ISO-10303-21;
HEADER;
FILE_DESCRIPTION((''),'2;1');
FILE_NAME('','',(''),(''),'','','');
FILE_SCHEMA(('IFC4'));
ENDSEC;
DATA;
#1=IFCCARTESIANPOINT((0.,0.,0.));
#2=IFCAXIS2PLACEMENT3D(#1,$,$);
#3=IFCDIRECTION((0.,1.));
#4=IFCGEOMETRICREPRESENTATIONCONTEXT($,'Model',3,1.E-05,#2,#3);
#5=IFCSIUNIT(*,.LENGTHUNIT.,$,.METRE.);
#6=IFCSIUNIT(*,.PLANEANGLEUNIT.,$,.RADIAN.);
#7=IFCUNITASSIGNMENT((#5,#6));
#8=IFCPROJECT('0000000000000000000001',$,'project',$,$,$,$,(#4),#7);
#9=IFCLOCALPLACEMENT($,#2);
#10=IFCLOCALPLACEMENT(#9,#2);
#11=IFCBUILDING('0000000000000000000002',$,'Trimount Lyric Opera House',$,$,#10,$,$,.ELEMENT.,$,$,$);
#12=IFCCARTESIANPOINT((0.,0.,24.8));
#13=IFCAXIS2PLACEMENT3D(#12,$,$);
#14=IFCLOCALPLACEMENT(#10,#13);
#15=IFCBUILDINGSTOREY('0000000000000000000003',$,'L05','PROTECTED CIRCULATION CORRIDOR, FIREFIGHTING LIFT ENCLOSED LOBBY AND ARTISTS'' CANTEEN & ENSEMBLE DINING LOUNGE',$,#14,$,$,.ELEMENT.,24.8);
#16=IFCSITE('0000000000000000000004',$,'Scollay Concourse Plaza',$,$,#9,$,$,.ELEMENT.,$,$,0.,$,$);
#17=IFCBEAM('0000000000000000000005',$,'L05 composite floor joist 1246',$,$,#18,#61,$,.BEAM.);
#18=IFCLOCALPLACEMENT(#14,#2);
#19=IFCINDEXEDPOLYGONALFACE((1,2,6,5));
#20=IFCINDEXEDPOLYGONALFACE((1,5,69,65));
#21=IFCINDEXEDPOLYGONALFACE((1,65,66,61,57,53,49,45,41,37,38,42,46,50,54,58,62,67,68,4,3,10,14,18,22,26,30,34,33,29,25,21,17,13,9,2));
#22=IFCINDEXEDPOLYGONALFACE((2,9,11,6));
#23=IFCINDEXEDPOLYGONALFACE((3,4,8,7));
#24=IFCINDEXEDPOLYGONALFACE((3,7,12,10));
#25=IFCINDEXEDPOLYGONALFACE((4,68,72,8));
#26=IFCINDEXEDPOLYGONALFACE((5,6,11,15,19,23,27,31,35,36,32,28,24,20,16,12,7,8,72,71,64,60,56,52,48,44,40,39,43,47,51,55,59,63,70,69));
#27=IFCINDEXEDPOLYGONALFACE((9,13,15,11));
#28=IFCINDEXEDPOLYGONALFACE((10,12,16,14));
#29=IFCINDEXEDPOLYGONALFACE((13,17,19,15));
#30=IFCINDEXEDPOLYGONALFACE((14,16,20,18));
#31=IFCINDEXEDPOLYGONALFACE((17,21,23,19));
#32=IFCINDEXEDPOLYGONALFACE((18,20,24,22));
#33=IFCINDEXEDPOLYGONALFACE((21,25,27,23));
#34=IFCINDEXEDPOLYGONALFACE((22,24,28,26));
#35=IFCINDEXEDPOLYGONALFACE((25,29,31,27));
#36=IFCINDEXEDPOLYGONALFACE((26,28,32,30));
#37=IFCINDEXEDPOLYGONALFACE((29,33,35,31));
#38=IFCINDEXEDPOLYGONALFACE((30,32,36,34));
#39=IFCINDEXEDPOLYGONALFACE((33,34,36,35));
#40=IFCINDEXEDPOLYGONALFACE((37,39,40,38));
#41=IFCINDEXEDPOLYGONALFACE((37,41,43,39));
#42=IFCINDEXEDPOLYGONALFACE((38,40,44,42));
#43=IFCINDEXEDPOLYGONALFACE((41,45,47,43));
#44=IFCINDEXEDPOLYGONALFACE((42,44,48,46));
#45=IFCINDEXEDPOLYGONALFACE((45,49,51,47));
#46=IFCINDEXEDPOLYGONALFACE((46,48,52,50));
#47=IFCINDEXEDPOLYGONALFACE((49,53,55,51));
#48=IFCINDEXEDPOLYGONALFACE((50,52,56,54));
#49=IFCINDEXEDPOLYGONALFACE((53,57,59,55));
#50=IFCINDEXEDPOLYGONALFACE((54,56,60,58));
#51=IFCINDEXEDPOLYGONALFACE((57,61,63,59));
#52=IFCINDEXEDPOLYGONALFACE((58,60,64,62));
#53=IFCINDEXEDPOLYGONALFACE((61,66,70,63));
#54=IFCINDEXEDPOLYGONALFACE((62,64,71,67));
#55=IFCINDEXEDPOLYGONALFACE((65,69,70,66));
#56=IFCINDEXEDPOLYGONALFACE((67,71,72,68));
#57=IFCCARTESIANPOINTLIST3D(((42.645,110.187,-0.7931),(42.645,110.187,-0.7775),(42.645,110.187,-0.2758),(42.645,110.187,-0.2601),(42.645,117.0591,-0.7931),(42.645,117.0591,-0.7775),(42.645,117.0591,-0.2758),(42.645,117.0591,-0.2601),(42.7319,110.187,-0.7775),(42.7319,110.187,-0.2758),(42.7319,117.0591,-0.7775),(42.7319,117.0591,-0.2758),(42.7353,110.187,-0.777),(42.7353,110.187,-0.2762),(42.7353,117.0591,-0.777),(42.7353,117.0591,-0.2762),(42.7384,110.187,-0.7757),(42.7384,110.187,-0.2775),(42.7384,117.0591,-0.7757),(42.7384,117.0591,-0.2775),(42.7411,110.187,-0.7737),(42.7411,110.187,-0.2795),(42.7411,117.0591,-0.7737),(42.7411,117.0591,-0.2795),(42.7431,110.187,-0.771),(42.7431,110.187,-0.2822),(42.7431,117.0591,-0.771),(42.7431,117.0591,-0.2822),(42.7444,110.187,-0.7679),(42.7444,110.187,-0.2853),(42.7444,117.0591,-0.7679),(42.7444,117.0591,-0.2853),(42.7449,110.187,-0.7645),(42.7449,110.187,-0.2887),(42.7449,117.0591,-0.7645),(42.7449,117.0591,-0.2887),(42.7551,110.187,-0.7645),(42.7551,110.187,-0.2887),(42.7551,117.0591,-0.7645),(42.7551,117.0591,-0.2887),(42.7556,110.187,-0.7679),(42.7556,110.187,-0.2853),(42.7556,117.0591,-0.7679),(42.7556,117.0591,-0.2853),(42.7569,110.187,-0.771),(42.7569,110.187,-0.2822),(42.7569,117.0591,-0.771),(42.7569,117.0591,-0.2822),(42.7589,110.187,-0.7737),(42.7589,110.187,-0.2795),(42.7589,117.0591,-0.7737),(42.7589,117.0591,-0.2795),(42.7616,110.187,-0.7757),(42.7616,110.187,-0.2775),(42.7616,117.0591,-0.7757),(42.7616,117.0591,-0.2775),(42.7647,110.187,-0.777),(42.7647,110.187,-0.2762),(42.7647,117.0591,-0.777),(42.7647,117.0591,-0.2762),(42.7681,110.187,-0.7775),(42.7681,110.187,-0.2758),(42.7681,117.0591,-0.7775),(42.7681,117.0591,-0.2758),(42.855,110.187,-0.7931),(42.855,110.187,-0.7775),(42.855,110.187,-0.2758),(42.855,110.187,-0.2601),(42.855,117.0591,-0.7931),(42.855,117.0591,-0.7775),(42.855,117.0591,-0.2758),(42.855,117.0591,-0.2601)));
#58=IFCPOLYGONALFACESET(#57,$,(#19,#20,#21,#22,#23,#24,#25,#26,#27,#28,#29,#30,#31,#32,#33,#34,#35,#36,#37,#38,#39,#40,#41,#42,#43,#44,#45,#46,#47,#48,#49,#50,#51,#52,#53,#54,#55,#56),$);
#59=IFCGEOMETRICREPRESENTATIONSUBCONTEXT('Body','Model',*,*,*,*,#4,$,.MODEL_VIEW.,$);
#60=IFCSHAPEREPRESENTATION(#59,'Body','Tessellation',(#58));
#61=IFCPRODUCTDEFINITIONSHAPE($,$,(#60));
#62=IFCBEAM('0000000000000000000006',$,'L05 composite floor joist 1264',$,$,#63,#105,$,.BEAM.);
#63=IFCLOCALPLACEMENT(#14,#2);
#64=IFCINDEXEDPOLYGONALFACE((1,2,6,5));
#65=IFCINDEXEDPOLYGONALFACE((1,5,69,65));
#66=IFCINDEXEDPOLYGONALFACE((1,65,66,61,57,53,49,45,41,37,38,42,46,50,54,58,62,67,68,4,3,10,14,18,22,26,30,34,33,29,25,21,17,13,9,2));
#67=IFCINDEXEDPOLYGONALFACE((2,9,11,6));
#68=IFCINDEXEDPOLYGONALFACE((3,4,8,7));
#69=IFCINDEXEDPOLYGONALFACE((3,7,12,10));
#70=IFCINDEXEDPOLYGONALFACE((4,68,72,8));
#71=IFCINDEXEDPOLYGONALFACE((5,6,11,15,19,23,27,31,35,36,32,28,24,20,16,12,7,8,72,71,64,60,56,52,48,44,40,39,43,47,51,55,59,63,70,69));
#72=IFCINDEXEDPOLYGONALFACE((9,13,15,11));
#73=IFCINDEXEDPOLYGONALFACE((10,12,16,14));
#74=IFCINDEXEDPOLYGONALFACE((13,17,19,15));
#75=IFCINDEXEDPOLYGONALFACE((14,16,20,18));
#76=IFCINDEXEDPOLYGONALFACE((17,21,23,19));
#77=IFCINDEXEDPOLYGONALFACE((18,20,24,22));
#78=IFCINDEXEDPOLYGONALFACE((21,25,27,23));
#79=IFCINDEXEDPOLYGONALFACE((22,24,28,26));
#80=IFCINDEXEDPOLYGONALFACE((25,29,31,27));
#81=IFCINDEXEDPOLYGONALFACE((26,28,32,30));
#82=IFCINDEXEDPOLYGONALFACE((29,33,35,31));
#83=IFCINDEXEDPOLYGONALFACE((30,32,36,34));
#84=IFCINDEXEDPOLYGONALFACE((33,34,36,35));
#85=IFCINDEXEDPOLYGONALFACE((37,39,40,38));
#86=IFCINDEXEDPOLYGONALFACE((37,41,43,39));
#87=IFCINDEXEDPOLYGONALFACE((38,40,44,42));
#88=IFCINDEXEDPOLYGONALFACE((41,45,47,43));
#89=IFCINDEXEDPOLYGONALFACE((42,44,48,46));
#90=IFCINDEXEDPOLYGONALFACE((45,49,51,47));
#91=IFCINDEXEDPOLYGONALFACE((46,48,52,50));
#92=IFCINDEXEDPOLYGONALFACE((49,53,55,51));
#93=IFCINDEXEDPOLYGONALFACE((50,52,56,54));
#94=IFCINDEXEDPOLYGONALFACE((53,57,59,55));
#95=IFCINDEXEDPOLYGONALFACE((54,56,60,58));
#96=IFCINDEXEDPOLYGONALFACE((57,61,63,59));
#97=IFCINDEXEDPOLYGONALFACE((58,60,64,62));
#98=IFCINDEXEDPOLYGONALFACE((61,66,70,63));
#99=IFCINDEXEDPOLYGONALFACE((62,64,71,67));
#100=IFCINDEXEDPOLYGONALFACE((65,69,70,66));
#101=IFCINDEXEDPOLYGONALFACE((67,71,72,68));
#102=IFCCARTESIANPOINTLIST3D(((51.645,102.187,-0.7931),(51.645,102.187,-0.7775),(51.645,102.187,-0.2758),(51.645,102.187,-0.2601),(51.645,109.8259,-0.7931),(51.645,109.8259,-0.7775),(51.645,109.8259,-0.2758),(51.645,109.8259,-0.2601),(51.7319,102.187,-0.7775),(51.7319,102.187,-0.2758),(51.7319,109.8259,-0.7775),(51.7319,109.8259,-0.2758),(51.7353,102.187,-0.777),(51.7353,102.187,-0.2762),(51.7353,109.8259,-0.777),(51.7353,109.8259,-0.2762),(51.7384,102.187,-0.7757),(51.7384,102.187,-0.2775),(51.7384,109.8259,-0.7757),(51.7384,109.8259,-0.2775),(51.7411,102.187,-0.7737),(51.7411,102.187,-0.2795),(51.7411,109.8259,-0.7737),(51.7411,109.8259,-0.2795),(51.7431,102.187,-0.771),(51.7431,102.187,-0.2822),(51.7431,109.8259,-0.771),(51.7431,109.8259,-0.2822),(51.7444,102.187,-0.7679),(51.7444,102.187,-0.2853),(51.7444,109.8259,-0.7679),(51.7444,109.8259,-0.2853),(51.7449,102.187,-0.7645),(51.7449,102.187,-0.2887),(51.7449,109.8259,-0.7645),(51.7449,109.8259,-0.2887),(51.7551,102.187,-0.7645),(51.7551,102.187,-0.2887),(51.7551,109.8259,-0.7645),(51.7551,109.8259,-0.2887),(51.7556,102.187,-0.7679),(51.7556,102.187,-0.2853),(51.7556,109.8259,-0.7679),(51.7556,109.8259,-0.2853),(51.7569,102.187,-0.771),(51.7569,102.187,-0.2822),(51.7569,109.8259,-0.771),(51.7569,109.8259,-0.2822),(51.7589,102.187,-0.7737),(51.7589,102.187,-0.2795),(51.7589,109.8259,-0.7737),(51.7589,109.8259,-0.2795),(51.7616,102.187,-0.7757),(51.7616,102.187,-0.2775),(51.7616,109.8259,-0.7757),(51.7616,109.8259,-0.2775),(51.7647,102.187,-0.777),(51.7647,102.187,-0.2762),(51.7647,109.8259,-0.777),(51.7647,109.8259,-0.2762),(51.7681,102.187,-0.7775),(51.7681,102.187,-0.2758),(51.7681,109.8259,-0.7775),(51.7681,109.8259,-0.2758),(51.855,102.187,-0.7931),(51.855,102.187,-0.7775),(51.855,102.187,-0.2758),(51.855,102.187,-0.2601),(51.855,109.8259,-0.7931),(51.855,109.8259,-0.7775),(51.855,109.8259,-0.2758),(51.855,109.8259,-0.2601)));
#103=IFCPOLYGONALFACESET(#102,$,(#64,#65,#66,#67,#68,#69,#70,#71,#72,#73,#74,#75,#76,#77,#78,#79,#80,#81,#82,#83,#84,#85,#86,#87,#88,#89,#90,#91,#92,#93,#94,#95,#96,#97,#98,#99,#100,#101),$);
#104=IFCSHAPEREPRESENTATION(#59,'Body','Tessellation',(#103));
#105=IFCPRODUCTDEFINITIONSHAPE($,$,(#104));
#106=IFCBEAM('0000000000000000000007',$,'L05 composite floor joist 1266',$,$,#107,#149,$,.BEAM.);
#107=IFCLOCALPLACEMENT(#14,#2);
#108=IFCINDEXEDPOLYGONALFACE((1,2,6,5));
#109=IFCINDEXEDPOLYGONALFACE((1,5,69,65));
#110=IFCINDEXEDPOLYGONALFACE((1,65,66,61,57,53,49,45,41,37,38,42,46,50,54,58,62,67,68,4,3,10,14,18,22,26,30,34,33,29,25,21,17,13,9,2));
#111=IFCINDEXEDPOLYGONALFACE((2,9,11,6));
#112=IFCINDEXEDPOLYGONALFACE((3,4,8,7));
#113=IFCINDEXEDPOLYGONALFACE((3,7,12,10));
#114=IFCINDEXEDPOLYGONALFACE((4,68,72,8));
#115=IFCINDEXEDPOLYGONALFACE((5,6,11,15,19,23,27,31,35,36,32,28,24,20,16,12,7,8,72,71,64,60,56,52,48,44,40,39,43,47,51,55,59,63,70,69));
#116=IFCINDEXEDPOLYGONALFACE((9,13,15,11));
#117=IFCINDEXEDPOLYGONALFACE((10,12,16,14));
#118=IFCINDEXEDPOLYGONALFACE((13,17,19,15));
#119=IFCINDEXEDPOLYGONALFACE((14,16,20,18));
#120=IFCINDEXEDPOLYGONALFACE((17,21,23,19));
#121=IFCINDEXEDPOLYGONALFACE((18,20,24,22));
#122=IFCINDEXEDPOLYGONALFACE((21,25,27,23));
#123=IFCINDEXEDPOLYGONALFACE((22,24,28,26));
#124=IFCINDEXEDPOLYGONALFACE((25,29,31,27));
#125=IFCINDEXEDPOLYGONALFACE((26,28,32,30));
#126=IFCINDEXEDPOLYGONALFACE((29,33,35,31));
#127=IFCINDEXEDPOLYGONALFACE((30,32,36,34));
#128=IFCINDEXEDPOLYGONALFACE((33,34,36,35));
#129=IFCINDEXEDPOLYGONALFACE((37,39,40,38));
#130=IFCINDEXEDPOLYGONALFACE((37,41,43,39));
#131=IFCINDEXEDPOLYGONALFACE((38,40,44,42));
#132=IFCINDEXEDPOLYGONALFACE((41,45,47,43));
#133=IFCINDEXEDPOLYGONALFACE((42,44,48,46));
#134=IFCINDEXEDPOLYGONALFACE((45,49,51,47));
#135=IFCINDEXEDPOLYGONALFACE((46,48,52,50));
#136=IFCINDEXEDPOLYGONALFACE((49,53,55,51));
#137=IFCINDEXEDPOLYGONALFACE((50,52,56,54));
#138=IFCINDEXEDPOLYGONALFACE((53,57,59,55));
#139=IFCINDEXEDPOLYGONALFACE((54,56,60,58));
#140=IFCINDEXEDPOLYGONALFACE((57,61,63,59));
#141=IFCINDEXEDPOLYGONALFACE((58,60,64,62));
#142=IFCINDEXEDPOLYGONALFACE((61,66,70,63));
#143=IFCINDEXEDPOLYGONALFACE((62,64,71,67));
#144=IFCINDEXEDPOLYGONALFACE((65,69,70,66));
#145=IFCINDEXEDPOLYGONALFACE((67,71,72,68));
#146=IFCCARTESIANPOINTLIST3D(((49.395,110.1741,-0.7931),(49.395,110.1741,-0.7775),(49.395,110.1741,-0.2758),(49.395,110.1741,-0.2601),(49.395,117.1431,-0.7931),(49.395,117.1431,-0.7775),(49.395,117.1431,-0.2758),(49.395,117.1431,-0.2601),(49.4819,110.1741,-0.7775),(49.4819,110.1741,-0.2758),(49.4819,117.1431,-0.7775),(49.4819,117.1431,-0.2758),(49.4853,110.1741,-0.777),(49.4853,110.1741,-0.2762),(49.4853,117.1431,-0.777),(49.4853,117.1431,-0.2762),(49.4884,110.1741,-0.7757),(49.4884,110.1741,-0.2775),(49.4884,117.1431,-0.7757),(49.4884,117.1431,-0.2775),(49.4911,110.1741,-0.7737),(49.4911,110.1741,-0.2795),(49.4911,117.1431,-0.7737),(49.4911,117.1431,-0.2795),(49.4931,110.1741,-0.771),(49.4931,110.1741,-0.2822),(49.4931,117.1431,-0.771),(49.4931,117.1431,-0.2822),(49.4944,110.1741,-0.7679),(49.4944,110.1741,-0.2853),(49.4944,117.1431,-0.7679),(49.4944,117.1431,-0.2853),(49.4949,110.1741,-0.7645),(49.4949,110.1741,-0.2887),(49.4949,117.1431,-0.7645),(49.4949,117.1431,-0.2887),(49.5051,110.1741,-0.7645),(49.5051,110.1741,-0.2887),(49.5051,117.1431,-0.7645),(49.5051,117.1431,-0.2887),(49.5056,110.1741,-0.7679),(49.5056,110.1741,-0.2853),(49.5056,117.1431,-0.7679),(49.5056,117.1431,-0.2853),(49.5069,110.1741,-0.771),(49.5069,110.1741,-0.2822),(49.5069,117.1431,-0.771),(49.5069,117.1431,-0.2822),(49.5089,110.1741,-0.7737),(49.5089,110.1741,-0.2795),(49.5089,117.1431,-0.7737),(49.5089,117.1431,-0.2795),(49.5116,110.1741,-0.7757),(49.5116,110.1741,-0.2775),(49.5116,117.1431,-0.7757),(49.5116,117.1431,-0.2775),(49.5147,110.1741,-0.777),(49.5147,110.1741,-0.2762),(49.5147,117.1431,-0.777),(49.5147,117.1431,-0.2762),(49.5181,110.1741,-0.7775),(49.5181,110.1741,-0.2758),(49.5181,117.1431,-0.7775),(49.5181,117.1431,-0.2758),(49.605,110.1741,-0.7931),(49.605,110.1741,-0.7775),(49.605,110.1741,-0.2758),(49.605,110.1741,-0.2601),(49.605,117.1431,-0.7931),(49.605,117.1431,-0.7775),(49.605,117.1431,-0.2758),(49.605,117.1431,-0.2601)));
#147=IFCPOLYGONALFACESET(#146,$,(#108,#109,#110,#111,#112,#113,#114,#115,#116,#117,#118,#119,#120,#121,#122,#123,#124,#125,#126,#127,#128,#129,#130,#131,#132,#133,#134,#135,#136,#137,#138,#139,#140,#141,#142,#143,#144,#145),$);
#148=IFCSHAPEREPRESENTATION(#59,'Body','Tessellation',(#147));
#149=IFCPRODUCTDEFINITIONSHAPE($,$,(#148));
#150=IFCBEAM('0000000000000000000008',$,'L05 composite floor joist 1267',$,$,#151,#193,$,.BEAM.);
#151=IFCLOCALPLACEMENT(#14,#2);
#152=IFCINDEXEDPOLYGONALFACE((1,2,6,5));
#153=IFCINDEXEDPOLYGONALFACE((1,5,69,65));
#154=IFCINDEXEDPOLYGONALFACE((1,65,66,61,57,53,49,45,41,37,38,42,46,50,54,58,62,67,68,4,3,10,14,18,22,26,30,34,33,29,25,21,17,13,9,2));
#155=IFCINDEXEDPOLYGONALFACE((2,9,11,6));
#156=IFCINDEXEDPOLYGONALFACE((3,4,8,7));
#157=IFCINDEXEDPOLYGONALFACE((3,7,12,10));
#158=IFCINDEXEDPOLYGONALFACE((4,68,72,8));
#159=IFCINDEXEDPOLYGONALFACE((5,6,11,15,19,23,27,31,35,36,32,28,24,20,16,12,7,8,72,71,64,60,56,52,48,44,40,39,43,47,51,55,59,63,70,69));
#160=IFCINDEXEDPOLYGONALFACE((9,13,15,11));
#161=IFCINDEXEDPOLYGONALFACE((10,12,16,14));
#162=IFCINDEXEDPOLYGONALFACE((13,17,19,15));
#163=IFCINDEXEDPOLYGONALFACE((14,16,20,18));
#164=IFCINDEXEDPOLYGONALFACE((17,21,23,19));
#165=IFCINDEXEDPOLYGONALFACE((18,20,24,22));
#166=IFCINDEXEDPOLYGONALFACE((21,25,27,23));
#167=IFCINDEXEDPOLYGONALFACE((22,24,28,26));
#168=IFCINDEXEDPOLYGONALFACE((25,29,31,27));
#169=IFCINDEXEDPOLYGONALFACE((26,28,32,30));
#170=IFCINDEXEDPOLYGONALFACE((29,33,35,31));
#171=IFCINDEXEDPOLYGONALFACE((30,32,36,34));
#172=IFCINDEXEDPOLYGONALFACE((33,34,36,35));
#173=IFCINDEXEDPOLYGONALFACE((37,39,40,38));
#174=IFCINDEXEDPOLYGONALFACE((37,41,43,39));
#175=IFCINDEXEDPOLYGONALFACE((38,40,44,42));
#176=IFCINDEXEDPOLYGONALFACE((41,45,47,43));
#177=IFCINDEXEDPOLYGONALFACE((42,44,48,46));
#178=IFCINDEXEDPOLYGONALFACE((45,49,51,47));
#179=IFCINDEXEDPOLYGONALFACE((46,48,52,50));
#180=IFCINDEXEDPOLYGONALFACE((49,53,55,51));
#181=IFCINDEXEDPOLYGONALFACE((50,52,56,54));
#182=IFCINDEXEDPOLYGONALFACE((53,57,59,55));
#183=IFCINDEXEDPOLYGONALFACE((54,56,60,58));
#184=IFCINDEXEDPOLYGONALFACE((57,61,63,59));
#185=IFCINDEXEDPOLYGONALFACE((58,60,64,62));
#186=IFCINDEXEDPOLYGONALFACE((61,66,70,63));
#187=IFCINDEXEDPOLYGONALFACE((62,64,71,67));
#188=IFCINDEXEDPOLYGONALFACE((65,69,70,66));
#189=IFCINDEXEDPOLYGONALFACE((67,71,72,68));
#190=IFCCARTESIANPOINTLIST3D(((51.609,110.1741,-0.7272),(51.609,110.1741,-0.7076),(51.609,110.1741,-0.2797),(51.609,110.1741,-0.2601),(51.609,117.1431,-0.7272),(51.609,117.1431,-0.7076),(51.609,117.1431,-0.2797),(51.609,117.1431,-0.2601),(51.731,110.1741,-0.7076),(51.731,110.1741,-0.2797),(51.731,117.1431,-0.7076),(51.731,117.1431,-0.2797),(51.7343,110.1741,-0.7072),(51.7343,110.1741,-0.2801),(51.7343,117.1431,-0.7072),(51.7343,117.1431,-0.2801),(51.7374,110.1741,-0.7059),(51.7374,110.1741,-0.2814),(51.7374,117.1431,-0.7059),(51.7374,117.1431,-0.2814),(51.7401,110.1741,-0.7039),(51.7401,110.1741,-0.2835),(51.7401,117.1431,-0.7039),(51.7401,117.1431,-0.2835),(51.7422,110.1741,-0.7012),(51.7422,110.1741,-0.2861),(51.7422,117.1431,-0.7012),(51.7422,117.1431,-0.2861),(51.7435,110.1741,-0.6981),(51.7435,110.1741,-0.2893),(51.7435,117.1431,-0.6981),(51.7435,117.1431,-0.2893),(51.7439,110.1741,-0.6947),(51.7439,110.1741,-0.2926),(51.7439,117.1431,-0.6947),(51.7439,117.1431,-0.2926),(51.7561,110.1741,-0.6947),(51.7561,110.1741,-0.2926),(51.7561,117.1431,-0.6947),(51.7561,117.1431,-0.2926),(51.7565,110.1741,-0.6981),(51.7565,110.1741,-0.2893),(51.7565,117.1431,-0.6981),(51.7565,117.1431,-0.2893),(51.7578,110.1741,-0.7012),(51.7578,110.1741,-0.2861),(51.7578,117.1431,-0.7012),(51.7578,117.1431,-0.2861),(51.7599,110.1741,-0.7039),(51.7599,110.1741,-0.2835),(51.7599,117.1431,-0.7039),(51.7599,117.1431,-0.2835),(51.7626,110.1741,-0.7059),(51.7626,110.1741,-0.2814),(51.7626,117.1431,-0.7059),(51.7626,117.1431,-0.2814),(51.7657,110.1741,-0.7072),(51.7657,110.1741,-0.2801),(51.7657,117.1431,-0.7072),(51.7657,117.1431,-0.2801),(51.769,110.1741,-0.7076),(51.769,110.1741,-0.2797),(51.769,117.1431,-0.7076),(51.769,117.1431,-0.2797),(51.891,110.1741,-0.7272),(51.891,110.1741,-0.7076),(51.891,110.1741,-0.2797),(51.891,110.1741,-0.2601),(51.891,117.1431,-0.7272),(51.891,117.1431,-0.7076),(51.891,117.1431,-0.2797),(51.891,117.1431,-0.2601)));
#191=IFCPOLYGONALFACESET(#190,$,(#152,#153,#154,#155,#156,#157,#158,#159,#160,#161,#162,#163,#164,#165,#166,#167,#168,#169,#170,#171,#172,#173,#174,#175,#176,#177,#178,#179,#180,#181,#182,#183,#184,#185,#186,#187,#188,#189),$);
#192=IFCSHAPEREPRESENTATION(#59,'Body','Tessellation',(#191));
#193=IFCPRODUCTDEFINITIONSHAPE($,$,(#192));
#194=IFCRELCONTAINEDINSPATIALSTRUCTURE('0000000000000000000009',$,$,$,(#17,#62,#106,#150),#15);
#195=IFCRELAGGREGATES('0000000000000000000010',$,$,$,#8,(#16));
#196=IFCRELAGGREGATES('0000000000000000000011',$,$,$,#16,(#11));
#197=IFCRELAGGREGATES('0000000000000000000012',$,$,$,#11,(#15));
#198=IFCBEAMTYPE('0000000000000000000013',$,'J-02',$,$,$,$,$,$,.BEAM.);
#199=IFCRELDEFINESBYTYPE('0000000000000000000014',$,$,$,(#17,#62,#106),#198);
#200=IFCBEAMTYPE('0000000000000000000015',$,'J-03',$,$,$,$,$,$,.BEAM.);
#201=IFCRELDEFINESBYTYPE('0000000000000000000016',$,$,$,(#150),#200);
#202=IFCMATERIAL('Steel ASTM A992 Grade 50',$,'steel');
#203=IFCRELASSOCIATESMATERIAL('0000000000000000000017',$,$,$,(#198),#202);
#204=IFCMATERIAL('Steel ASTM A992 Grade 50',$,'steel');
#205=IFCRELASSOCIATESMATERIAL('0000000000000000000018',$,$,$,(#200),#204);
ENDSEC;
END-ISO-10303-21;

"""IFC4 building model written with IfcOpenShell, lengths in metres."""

from ifc_helpers import new_model, si_unit, direction, frame, origin, origin_2d, place, context, subcontext, project, spatial, i_section, extrude, material, material_profile, profile_set, type_object, element, save


model = new_model("IFC4")

# Units and contexts
model_context = context("Model", 3, precision=1e-05, world=origin(), true_north=direction((0.0, 1.0)))
body_context = subcontext(model_context, "Body", "Model", "MODEL_VIEW")
ifc_project = project(units=[si_unit("LENGTHUNIT", "METRE"), si_unit("PLANEANGLEUNIT", "RADIAN")], contexts=[model_context])

# Site, building, storey
site_placement = place(None, origin())
site = spatial("IfcSite", under=ifc_project, at=site_placement, Name="Scollay Concourse Plaza", CompositionType="ELEMENT", RefElevation=0.0)
building_placement = place(site_placement, origin())
building = spatial("IfcBuilding", under=site, at=building_placement, Name="Trimount Lyric Opera House", CompositionType="ELEMENT")
storey_placement = place(building_placement, frame((0.0, 0.0, 24.8)))
storey = spatial("IfcBuildingStorey", under=building, at=storey_placement, Name="L05", Description="PROTECTED CIRCULATION CORRIDOR, FIREFIGHTING LIFT ENCLOSED LOBBY AND ARTISTS' CANTEEN & ENSEMBLE DINING LOUNGE", CompositionType="ELEMENT", Elevation=24.8)

# Beams
ifc_material_1 = material(Name="Steel ASTM A992 Grade 50", Category="steel")
ifc_material_profile_1 = material_profile(ifc_material_1, i_section(OverallWidth=0.21, OverallDepth=0.533, WebThickness=0.0103, FlangeThickness=0.0156, FilletRadius=0.0129, at=origin_2d()), Name="W21X62")
ifc_profile_set_1 = profile_set([ifc_material_profile_1], Name="Steel ASTM A992 Grade 50")
beam_type_1 = type_object("IfcBeamType", Name="J-02", PredefinedType="BEAM", material=ifc_profile_set_1)
beam_1_placement = place(storey_placement, frame((42.75, 110.187, -0.5266), z_axis=(0.0, 1.0, 0.0), x_axis=(-1.0, 0.0, 0.0)))
element("IfcBeam", 1, at=beam_1_placement, inside=storey, type_object=beam_type_1, Name="L05 composite floor joist 1246", PredefinedType="BEAM", context=body_context, shape_type="SweptSolid", body=[
    extrude(i_section(OverallWidth=0.21, OverallDepth=0.533, WebThickness=0.0103, FlangeThickness=0.0156, FilletRadius=0.0129, at=origin_2d()), origin(), (0.0, 0.0, 1.0), 6.8721),
])
beam_2_placement = place(storey_placement, frame((51.75, 102.187, -0.5266), z_axis=(0.0, 1.0, 0.0), x_axis=(-1.0, 0.0, 0.0)))
element("IfcBeam", 2, at=beam_2_placement, inside=storey, type_object=beam_type_1, Name="L05 composite floor joist 1264", PredefinedType="BEAM", context=body_context, shape_type="SweptSolid", body=[
    extrude(i_section(OverallWidth=0.21, OverallDepth=0.533, WebThickness=0.0103, FlangeThickness=0.0156, FilletRadius=0.0129, at=origin_2d()), origin(), (0.0, 0.0, 1.0), 7.6389),
])
beam_3_placement = place(storey_placement, frame((49.5, 110.1741, -0.5266), z_axis=(0.0, 1.0, 0.0), x_axis=(-1.0, 0.0, 0.0)))
element("IfcBeam", 3, at=beam_3_placement, inside=storey, type_object=beam_type_1, Name="L05 composite floor joist 1266", PredefinedType="BEAM", context=body_context, shape_type="SweptSolid", body=[
    extrude(i_section(OverallWidth=0.21, OverallDepth=0.533, WebThickness=0.0103, FlangeThickness=0.0156, FilletRadius=0.0129, at=origin_2d()), origin(), (0.0, 0.0, 1.0), 6.969),
])
ifc_material_2 = material(Name="Steel ASTM A992 Grade 50", Category="steel")
ifc_material_profile_2 = material_profile(ifc_material_2, i_section(OverallWidth=0.282, OverallDepth=0.467, WebThickness=0.0122, FlangeThickness=0.0195, FilletRadius=0.0129, at=origin_2d()), Name="W18X86")
ifc_profile_set_2 = profile_set([ifc_material_profile_2], Name="Steel ASTM A992 Grade 50")
beam_type_2 = type_object("IfcBeamType", Name="J-03", PredefinedType="BEAM", material=ifc_profile_set_2)
beam_4_placement = place(storey_placement, frame((51.75, 110.1741, -0.4937), z_axis=(0.0, 1.0, 0.0), x_axis=(-1.0, 0.0, 0.0)))
element("IfcBeam", 4, at=beam_4_placement, inside=storey, type_object=beam_type_2, Name="L05 composite floor joist 1267", PredefinedType="BEAM", context=body_context, shape_type="SweptSolid", body=[
    extrude(i_section(OverallWidth=0.282, OverallDepth=0.467, WebThickness=0.0122, FlangeThickness=0.0195, FilletRadius=0.0129, at=origin_2d()), origin(), (0.0, 0.0, 1.0), 6.969),
])

save(model, "model.ifc")
